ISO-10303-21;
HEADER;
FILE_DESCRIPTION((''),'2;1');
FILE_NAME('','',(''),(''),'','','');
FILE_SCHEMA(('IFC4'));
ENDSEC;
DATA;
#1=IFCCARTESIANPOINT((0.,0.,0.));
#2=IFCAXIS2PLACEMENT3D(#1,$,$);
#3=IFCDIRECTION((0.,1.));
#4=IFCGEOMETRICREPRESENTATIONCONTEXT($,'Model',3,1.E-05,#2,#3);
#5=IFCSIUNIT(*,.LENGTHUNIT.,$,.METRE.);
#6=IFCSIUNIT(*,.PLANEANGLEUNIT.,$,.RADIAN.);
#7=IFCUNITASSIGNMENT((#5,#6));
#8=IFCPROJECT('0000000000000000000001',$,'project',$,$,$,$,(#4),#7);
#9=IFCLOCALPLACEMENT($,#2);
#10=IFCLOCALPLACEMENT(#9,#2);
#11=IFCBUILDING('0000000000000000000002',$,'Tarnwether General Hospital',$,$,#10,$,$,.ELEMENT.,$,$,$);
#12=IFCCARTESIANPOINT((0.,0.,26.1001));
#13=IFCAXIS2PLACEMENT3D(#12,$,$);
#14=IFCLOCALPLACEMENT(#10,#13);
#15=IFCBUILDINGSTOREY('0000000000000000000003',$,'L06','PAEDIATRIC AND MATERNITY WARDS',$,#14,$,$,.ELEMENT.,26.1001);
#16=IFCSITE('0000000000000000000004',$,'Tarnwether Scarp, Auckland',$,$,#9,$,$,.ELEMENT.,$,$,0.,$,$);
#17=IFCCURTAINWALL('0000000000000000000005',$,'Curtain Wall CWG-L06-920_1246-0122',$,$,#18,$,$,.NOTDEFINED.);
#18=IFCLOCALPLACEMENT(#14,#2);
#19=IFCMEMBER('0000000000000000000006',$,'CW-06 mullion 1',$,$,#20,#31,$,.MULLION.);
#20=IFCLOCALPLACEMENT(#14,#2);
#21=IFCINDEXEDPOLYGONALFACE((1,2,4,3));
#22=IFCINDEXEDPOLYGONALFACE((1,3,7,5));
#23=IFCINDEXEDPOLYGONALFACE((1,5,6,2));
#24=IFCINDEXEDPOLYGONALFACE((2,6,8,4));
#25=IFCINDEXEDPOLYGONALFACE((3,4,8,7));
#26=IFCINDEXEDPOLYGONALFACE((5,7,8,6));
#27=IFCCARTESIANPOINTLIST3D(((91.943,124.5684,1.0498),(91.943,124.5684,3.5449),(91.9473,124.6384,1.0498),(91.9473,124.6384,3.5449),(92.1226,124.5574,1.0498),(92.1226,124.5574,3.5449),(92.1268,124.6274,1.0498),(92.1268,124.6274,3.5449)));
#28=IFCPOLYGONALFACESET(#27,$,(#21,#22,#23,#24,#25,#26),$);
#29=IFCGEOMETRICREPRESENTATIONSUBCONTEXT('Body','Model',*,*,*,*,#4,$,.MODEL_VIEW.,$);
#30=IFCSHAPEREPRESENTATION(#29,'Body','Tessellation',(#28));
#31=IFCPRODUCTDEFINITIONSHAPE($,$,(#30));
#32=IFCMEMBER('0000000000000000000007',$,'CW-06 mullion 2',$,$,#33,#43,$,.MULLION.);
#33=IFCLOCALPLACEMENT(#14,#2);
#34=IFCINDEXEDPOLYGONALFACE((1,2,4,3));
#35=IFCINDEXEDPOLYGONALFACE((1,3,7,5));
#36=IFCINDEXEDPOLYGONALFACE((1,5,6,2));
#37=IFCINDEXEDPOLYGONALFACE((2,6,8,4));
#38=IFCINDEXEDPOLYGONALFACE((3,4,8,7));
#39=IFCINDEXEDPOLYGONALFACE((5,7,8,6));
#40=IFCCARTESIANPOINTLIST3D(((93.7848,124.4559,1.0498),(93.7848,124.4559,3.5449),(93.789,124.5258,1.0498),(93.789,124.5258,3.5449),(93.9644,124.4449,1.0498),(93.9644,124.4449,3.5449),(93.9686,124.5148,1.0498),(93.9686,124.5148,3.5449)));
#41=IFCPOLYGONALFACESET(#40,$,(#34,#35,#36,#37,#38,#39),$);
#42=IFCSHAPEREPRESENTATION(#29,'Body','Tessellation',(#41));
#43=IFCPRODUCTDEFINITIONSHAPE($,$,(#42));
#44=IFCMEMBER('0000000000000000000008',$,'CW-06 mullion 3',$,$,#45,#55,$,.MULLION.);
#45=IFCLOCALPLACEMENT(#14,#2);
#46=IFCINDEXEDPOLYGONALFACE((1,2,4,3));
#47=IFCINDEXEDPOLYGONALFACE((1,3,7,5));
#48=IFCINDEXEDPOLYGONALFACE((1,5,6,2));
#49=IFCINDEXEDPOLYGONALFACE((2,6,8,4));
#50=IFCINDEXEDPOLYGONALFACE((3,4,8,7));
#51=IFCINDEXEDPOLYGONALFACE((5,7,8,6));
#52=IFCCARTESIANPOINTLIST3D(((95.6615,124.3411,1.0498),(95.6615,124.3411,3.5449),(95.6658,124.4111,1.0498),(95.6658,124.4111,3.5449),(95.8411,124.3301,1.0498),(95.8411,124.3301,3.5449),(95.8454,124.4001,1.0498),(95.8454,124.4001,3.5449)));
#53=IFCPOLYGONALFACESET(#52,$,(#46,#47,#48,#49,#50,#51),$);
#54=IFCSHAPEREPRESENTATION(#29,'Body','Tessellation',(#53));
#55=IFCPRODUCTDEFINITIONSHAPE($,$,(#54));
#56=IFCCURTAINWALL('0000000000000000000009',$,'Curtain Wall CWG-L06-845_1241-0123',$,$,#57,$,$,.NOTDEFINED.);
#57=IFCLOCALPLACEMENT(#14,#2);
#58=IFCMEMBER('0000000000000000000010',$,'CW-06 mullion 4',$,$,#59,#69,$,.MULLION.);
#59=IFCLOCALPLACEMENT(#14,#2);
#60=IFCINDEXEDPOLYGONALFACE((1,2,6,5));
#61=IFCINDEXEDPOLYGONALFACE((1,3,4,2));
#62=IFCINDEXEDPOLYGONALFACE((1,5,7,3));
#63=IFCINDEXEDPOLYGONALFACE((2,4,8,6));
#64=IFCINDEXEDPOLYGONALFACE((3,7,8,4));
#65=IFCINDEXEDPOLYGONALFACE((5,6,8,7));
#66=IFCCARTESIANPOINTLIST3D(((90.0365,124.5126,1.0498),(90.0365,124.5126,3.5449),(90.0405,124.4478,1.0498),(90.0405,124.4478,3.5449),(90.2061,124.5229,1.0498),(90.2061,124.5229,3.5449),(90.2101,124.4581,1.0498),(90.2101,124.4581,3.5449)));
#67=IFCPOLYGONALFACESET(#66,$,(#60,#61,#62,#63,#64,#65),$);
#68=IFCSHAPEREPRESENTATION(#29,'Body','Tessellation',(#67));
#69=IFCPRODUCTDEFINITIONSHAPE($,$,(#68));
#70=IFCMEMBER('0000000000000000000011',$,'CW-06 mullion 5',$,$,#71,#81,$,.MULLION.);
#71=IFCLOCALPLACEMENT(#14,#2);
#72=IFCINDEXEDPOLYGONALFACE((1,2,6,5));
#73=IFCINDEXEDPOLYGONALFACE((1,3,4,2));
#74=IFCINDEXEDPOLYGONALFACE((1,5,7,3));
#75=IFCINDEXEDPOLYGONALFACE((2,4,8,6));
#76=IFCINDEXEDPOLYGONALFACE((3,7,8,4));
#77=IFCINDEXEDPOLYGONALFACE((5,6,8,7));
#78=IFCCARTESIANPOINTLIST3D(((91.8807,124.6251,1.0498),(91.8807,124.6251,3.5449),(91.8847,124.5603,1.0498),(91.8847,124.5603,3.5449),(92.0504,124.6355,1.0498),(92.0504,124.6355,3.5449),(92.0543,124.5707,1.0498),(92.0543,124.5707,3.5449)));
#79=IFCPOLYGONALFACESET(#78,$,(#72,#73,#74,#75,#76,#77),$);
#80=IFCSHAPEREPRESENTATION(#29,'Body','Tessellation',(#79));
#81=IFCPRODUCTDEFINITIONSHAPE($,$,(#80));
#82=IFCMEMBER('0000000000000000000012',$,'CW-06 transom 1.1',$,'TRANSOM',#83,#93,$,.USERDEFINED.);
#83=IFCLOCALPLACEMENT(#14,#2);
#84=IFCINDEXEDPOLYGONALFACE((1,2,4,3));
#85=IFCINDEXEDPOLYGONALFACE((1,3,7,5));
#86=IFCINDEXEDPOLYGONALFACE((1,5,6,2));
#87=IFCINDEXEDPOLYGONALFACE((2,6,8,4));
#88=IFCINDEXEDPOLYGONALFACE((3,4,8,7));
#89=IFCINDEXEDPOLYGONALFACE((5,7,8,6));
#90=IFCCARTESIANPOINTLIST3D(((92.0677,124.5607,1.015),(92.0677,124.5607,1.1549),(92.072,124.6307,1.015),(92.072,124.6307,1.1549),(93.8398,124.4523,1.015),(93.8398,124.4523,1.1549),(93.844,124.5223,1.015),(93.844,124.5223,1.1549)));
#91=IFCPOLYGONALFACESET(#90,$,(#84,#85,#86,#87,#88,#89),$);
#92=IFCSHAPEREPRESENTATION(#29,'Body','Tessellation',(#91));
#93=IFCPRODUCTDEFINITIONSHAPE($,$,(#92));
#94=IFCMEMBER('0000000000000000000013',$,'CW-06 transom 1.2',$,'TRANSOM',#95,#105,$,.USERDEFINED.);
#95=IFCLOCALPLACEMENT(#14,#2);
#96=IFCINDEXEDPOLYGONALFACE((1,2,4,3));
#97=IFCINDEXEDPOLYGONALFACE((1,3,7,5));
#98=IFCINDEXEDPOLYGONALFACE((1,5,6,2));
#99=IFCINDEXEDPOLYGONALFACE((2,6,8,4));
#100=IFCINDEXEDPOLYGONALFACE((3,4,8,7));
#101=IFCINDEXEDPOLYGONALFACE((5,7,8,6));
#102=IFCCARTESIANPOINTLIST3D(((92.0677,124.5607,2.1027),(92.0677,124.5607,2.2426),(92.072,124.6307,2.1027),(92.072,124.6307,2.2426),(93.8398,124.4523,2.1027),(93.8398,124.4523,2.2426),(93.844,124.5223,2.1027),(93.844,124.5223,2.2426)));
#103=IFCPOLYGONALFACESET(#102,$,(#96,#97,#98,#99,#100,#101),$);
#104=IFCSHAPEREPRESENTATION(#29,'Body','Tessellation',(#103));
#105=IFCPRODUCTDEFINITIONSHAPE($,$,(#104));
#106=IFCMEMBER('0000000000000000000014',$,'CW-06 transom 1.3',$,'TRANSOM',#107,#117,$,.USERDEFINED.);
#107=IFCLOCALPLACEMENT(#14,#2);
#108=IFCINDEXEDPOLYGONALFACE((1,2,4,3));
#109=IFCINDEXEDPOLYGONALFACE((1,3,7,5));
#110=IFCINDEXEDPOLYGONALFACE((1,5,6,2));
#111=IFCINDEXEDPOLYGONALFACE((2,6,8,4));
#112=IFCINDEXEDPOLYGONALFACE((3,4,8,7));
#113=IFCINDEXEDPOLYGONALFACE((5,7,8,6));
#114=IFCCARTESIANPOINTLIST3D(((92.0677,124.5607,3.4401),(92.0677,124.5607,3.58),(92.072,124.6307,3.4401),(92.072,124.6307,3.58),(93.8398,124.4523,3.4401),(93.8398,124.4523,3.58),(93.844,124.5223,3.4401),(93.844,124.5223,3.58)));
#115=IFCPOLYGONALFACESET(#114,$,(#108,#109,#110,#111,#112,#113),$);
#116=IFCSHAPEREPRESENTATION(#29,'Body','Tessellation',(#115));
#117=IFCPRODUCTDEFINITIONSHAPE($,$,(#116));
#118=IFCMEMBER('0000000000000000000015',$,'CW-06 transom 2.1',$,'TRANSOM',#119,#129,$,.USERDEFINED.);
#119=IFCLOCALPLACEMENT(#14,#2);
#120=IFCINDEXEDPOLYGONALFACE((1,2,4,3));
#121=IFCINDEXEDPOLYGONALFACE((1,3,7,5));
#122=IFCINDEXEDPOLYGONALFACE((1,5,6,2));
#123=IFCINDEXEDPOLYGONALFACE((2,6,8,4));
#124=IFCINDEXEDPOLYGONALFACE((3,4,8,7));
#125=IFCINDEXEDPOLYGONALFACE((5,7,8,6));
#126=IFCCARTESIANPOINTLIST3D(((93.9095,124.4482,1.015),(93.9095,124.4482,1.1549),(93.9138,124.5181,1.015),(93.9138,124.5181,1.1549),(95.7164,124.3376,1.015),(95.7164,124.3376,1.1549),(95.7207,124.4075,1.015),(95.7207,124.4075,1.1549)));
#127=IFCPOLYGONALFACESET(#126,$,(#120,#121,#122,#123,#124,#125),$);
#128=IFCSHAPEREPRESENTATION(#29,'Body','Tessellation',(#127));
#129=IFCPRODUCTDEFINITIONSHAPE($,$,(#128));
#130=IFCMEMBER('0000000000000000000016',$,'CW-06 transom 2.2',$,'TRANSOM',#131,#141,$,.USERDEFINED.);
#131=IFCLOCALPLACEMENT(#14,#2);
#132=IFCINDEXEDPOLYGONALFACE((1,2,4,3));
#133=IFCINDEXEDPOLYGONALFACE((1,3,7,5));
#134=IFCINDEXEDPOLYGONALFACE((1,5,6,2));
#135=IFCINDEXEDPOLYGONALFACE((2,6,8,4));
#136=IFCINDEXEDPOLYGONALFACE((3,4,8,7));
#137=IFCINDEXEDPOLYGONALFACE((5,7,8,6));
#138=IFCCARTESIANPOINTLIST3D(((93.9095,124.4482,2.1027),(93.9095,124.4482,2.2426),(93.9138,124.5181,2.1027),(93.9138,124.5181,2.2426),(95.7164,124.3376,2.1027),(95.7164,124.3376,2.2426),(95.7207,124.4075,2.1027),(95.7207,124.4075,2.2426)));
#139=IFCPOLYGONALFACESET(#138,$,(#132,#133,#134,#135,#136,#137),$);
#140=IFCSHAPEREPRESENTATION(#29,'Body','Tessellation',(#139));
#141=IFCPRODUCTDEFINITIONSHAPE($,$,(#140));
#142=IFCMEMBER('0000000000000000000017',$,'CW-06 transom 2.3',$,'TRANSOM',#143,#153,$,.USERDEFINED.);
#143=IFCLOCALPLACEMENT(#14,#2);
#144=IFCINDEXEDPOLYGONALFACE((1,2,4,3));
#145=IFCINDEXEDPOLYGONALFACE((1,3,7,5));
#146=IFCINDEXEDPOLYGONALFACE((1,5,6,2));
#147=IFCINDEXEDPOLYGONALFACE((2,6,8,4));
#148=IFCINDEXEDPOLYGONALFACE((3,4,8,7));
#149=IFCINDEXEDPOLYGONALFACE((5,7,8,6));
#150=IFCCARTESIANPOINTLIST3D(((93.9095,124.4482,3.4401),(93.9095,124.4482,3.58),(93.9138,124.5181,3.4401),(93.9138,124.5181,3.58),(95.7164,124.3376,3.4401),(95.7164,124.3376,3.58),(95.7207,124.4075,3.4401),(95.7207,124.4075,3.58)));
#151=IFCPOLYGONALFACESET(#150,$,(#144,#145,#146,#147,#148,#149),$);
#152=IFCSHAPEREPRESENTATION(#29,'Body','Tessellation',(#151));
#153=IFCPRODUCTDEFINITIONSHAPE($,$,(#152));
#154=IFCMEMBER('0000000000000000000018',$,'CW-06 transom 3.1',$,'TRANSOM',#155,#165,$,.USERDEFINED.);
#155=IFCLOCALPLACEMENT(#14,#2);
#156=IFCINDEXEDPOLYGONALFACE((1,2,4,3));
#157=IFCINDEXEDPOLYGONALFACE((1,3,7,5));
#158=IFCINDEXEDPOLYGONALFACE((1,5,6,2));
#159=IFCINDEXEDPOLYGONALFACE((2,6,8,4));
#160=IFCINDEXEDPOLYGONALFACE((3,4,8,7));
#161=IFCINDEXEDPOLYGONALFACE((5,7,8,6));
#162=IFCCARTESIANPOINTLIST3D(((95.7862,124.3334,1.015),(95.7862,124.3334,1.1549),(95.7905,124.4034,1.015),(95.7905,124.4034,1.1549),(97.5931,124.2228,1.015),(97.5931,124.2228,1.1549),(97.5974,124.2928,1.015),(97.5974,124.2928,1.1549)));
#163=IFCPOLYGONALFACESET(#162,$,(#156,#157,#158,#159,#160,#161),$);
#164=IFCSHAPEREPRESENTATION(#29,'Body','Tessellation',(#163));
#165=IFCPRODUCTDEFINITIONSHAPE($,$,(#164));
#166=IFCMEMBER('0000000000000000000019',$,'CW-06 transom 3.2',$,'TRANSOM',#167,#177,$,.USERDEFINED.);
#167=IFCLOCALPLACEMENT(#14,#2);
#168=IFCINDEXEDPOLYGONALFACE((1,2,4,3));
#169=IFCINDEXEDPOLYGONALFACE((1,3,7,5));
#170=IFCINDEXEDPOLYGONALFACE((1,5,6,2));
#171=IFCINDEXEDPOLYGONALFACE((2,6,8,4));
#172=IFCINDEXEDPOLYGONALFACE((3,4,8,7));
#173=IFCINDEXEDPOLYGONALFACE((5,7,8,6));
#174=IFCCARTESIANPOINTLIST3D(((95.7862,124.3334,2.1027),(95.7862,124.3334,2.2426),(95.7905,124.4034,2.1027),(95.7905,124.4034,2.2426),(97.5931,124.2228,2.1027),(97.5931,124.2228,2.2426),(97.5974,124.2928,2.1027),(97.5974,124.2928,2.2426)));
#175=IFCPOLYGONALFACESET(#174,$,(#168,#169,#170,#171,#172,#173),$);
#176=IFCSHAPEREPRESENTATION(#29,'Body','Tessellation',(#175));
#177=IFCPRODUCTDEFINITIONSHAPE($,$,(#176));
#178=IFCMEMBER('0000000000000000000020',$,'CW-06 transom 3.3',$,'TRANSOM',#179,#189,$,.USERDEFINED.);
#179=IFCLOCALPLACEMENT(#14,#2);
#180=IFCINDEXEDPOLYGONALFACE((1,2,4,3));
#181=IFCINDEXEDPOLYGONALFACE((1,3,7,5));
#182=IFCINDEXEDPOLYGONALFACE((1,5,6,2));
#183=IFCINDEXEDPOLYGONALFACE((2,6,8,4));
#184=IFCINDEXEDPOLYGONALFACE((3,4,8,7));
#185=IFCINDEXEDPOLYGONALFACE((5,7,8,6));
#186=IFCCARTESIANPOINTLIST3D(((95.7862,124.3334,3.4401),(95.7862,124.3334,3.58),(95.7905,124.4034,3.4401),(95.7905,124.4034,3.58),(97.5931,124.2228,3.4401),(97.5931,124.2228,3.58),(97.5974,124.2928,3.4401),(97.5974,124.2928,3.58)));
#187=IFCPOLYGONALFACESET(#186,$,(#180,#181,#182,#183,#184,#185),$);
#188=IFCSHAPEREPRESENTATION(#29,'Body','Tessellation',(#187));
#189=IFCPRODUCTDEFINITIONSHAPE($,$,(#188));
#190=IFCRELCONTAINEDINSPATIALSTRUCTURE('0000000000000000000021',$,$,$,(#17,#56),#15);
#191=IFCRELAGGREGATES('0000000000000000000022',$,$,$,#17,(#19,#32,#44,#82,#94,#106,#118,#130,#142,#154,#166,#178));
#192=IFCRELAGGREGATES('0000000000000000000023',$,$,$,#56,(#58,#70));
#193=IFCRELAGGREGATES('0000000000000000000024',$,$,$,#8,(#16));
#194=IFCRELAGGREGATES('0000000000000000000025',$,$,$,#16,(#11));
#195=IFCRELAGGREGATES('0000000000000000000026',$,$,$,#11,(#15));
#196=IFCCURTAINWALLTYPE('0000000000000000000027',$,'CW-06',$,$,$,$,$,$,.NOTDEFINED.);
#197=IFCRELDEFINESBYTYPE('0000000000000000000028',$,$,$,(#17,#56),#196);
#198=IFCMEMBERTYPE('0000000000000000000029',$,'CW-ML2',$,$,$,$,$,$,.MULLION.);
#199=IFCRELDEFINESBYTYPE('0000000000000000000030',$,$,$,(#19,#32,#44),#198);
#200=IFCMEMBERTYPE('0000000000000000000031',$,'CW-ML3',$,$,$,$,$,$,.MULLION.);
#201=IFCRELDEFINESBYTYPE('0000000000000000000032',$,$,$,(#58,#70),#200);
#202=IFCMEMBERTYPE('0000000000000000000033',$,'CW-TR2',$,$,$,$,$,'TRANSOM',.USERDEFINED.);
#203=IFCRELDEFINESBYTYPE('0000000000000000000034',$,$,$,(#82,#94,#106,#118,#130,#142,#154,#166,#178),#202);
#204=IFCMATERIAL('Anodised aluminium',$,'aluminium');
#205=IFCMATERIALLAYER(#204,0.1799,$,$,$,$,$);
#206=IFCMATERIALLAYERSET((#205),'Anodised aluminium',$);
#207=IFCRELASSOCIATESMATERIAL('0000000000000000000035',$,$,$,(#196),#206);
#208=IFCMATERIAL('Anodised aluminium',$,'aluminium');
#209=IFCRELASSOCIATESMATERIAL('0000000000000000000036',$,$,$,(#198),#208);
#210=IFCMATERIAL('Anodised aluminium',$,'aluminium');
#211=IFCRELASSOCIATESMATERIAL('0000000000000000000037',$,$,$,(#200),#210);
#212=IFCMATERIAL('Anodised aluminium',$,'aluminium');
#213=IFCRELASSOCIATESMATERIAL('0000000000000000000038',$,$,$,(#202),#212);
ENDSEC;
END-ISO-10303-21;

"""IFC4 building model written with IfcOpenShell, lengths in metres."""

from ifc_helpers import new_model, si_unit, direction, frame, origin, origin_2d, place, context, subcontext, project, spatial, rectangle, extrude, material, layer, layer_set, material_profile, profile_set, type_object, element, aggregate, save


model = new_model("IFC4")

# Units and contexts
model_context = context("Model", 3, precision=1e-05, world=origin(), true_north=direction((0.0, 1.0)))
body_context = subcontext(model_context, "Body", "Model", "MODEL_VIEW")
ifc_project = project(units=[si_unit("LENGTHUNIT", "METRE"), si_unit("PLANEANGLEUNIT", "RADIAN")], contexts=[model_context])

# Site, building, storey
site_placement = place(None, origin())
site = spatial("IfcSite", under=ifc_project, at=site_placement, Name="Tarnwether Scarp, Auckland", CompositionType="ELEMENT", RefElevation=0.0)
building_placement = place(site_placement, origin())
building = spatial("IfcBuilding", under=site, at=building_placement, Name="Tarnwether General Hospital", CompositionType="ELEMENT")
storey_placement = place(building_placement, frame((0.0, 0.0, 26.1001)))
storey = spatial("IfcBuildingStorey", under=building, at=storey_placement, Name="L06", Description="PAEDIATRIC AND MATERNITY WARDS", CompositionType="ELEMENT", Elevation=26.1001)

# Curtain walls, members
ifc_material_1 = material(Name="Anodised aluminium", Category="aluminium")
ifc_layer_1 = layer(ifc_material_1, 0.1799)
ifc_layer_set_1 = layer_set([ifc_layer_1], Name="Anodised aluminium")
curtain_wall_type = type_object("IfcCurtainWallType", Name="CW-06", PredefinedType="NOTDEFINED", material=ifc_layer_set_1)
curtain_wall_1_placement = place(storey_placement, origin())
curtain_wall_1 = element("IfcCurtainWall", 1, at=curtain_wall_1_placement, inside=storey, type_object=curtain_wall_type, Name="Curtain Wall CWG-L06-920_1246-0122", PredefinedType="NOTDEFINED")
ifc_material_2 = material(Name="Anodised aluminium", Category="aluminium")
ifc_material_profile_1 = material_profile(ifc_material_2, rectangle(XDim=0.0701, YDim=0.1799, at=origin_2d()), Name="ALU-MUL-70x180")
ifc_profile_set_1 = profile_set([ifc_material_profile_1], Name="Anodised aluminium")
member_type_1 = type_object("IfcMemberType", Name="CW-ML2", PredefinedType="MULLION", material=ifc_profile_set_1)
member_1_placement = place(storey_placement, frame((92.0349, 124.5979, 1.0498), z_axis=(0.0, 0.0, 1.0), x_axis=(0.061029, 0.998136, 0.0)))
member_1 = element("IfcMember", 2, at=member_1_placement, type_object=member_type_1, Name="CW-06 mullion 1", PredefinedType="MULLION", context=body_context, shape_type="SweptSolid", body=[
    extrude(rectangle(XDim=0.0701, YDim=0.1799, at=origin_2d()), origin(), (0.0, 0.0, 1.0), 2.4951),
])
member_2_placement = place(storey_placement, frame((93.8767, 124.4854, 1.0498), z_axis=(0.0, 0.0, 1.0), x_axis=(0.061029, 0.998136, 0.0)))
member_2 = element("IfcMember", 3, at=member_2_placement, type_object=member_type_1, Name="CW-06 mullion 2", PredefinedType="MULLION", context=body_context, shape_type="SweptSolid", body=[
    extrude(rectangle(XDim=0.0701, YDim=0.1799, at=origin_2d()), origin(), (0.0, 0.0, 1.0), 2.4951),
])
member_3_placement = place(storey_placement, frame((95.7534, 124.3706, 1.0498), z_axis=(0.0, 0.0, 1.0), x_axis=(0.061029, 0.998136, 0.0)))
member_3 = element("IfcMember", 4, at=member_3_placement, type_object=member_type_1, Name="CW-06 mullion 3", PredefinedType="MULLION", context=body_context, shape_type="SweptSolid", body=[
    extrude(rectangle(XDim=0.0701, YDim=0.1799, at=origin_2d()), origin(), (0.0, 0.0, 1.0), 2.4951),
])
curtain_wall_2_placement = place(storey_placement, origin())
curtain_wall_2 = element("IfcCurtainWall", 5, at=curtain_wall_2_placement, inside=storey, type_object=curtain_wall_type, Name="Curtain Wall CWG-L06-845_1241-0123", PredefinedType="NOTDEFINED")
ifc_material_3 = material(Name="Anodised aluminium", Category="aluminium")
ifc_material_profile_2 = material_profile(ifc_material_3, rectangle(XDim=0.0649, YDim=0.1699, at=origin_2d()), Name="ALU-MUL-65x170")
ifc_profile_set_2 = profile_set([ifc_material_profile_2], Name="Anodised aluminium")
member_type_2 = type_object("IfcMemberType", Name="CW-ML3", PredefinedType="MULLION", material=ifc_profile_set_2)
member_4_placement = place(storey_placement, frame((90.1233, 124.4854, 1.0498), z_axis=(0.0, 0.0, 1.0), x_axis=(-0.061029, 0.998136, 0.0)))
member_4 = element("IfcMember", 6, at=member_4_placement, type_object=member_type_2, Name="CW-06 mullion 4", PredefinedType="MULLION", context=body_context, shape_type="SweptSolid", body=[
    extrude(rectangle(XDim=0.0649, YDim=0.1699, at=origin_2d()), origin(), (0.0, 0.0, 1.0), 2.4951),
])
member_5_placement = place(storey_placement, frame((91.9675, 124.5979, 1.0498), z_axis=(0.0, 0.0, 1.0), x_axis=(-0.061029, 0.998136, 0.0)))
member_5 = element("IfcMember", 7, at=member_5_placement, type_object=member_type_2, Name="CW-06 mullion 5", PredefinedType="MULLION", context=body_context, shape_type="SweptSolid", body=[
    extrude(rectangle(XDim=0.0649, YDim=0.1699, at=origin_2d()), origin(), (0.0, 0.0, 1.0), 2.4951),
])

# Members
ifc_material_4 = material(Name="Anodised aluminium", Category="aluminium")
ifc_material_profile_3 = material_profile(ifc_material_4, rectangle(XDim=0.0701, YDim=0.1399, at=origin_2d()), Name="ALU-TRN-70x140")
ifc_profile_set_3 = profile_set([ifc_material_profile_3], Name="Anodised aluminium")
member_type_3 = type_object("IfcMemberType", Name="CW-TR2", ElementType="TRANSOM", PredefinedType="USERDEFINED", material=ifc_profile_set_3)
member_6_placement = place(storey_placement, frame((92.0698, 124.5957, 1.085), z_axis=(0.998134, -0.06106, 0.0), x_axis=(0.06106, 0.998134, 0.0)))
member_6 = element("IfcMember", 8, at=member_6_placement, type_object=member_type_3, Name="CW-06 transom 1.1", ObjectType="TRANSOM", PredefinedType="USERDEFINED", context=body_context, shape_type="SweptSolid", body=[
    extrude(rectangle(XDim=0.0701, YDim=0.1399, at=origin_2d()), origin(), (0.0, 0.0, 1.0), 1.7754),
])
member_7_placement = place(storey_placement, frame((92.0698, 124.5957, 2.1726), z_axis=(0.998134, -0.06106, 0.0), x_axis=(0.06106, 0.998134, 0.0)))
member_7 = element("IfcMember", 9, at=member_7_placement, type_object=member_type_3, Name="CW-06 transom 1.2", ObjectType="TRANSOM", PredefinedType="USERDEFINED", context=body_context, shape_type="SweptSolid", body=[
    extrude(rectangle(XDim=0.0701, YDim=0.1399, at=origin_2d()), origin(), (0.0, 0.0, 1.0), 1.7754),
])
member_8_placement = place(storey_placement, frame((92.0698, 124.5957, 3.51), z_axis=(0.998134, -0.06106, 0.0), x_axis=(0.06106, 0.998134, 0.0)))
member_8 = element("IfcMember", 10, at=member_8_placement, type_object=member_type_3, Name="CW-06 transom 1.3", ObjectType="TRANSOM", PredefinedType="USERDEFINED", context=body_context, shape_type="SweptSolid", body=[
    extrude(rectangle(XDim=0.0701, YDim=0.1399, at=origin_2d()), origin(), (0.0, 0.0, 1.0), 1.7754),
])
member_9_placement = place(storey_placement, frame((93.9116, 124.4832, 1.085), z_axis=(0.998132, -0.061094, 0.0), x_axis=(0.061094, 0.998132, 0.0)))
member_9 = element("IfcMember", 11, at=member_9_placement, type_object=member_type_3, Name="CW-06 transom 2.1", ObjectType="TRANSOM", PredefinedType="USERDEFINED", context=body_context, shape_type="SweptSolid", body=[
    extrude(rectangle(XDim=0.0701, YDim=0.1399, at=origin_2d()), origin(), (0.0, 0.0, 1.0), 1.8103),
])
member_10_placement = place(storey_placement, frame((93.9116, 124.4832, 2.1726), z_axis=(0.998132, -0.061094, 0.0), x_axis=(0.061094, 0.998132, 0.0)))
member_10 = element("IfcMember", 12, at=member_10_placement, type_object=member_type_3, Name="CW-06 transom 2.2", ObjectType="TRANSOM", PredefinedType="USERDEFINED", context=body_context, shape_type="SweptSolid", body=[
    extrude(rectangle(XDim=0.0701, YDim=0.1399, at=origin_2d()), origin(), (0.0, 0.0, 1.0), 1.8103),
])
member_11_placement = place(storey_placement, frame((93.9116, 124.4832, 3.51), z_axis=(0.998132, -0.061094, 0.0), x_axis=(0.061094, 0.998132, 0.0)))
member_11 = element("IfcMember", 13, at=member_11_placement, type_object=member_type_3, Name="CW-06 transom 2.3", ObjectType="TRANSOM", PredefinedType="USERDEFINED", context=body_context, shape_type="SweptSolid", body=[
    extrude(rectangle(XDim=0.0701, YDim=0.1399, at=origin_2d()), origin(), (0.0, 0.0, 1.0), 1.8103),
])
member_12_placement = place(storey_placement, frame((95.7883, 124.3684, 1.085), z_axis=(0.998132, -0.061094, 0.0), x_axis=(0.061094, 0.998132, 0.0)))
member_12 = element("IfcMember", 14, at=member_12_placement, type_object=member_type_3, Name="CW-06 transom 3.1", ObjectType="TRANSOM", PredefinedType="USERDEFINED", context=body_context, shape_type="SweptSolid", body=[
    extrude(rectangle(XDim=0.0701, YDim=0.1399, at=origin_2d()), origin(), (0.0, 0.0, 1.0), 1.8103),
])
member_13_placement = place(storey_placement, frame((95.7883, 124.3684, 2.1726), z_axis=(0.998132, -0.061094, 0.0), x_axis=(0.061094, 0.998132, 0.0)))
member_13 = element("IfcMember", 15, at=member_13_placement, type_object=member_type_3, Name="CW-06 transom 3.2", ObjectType="TRANSOM", PredefinedType="USERDEFINED", context=body_context, shape_type="SweptSolid", body=[
    extrude(rectangle(XDim=0.0701, YDim=0.1399, at=origin_2d()), origin(), (0.0, 0.0, 1.0), 1.8103),
])
member_14_placement = place(storey_placement, frame((95.7883, 124.3684, 3.51), z_axis=(0.998132, -0.061094, 0.0), x_axis=(0.061094, 0.998132, 0.0)))
member_14 = element("IfcMember", 16, at=member_14_placement, type_object=member_type_3, Name="CW-06 transom 3.3", ObjectType="TRANSOM", PredefinedType="USERDEFINED", context=body_context, shape_type="SweptSolid", body=[
    extrude(rectangle(XDim=0.0701, YDim=0.1399, at=origin_2d()), origin(), (0.0, 0.0, 1.0), 1.8103),
])

aggregate(curtain_wall_1, [member_1, member_2, member_3, member_6, member_7, member_8, member_9, member_10, member_11, member_12, member_13, member_14])
aggregate(curtain_wall_2, [member_4, member_5])

save(model, "model.ifc")
